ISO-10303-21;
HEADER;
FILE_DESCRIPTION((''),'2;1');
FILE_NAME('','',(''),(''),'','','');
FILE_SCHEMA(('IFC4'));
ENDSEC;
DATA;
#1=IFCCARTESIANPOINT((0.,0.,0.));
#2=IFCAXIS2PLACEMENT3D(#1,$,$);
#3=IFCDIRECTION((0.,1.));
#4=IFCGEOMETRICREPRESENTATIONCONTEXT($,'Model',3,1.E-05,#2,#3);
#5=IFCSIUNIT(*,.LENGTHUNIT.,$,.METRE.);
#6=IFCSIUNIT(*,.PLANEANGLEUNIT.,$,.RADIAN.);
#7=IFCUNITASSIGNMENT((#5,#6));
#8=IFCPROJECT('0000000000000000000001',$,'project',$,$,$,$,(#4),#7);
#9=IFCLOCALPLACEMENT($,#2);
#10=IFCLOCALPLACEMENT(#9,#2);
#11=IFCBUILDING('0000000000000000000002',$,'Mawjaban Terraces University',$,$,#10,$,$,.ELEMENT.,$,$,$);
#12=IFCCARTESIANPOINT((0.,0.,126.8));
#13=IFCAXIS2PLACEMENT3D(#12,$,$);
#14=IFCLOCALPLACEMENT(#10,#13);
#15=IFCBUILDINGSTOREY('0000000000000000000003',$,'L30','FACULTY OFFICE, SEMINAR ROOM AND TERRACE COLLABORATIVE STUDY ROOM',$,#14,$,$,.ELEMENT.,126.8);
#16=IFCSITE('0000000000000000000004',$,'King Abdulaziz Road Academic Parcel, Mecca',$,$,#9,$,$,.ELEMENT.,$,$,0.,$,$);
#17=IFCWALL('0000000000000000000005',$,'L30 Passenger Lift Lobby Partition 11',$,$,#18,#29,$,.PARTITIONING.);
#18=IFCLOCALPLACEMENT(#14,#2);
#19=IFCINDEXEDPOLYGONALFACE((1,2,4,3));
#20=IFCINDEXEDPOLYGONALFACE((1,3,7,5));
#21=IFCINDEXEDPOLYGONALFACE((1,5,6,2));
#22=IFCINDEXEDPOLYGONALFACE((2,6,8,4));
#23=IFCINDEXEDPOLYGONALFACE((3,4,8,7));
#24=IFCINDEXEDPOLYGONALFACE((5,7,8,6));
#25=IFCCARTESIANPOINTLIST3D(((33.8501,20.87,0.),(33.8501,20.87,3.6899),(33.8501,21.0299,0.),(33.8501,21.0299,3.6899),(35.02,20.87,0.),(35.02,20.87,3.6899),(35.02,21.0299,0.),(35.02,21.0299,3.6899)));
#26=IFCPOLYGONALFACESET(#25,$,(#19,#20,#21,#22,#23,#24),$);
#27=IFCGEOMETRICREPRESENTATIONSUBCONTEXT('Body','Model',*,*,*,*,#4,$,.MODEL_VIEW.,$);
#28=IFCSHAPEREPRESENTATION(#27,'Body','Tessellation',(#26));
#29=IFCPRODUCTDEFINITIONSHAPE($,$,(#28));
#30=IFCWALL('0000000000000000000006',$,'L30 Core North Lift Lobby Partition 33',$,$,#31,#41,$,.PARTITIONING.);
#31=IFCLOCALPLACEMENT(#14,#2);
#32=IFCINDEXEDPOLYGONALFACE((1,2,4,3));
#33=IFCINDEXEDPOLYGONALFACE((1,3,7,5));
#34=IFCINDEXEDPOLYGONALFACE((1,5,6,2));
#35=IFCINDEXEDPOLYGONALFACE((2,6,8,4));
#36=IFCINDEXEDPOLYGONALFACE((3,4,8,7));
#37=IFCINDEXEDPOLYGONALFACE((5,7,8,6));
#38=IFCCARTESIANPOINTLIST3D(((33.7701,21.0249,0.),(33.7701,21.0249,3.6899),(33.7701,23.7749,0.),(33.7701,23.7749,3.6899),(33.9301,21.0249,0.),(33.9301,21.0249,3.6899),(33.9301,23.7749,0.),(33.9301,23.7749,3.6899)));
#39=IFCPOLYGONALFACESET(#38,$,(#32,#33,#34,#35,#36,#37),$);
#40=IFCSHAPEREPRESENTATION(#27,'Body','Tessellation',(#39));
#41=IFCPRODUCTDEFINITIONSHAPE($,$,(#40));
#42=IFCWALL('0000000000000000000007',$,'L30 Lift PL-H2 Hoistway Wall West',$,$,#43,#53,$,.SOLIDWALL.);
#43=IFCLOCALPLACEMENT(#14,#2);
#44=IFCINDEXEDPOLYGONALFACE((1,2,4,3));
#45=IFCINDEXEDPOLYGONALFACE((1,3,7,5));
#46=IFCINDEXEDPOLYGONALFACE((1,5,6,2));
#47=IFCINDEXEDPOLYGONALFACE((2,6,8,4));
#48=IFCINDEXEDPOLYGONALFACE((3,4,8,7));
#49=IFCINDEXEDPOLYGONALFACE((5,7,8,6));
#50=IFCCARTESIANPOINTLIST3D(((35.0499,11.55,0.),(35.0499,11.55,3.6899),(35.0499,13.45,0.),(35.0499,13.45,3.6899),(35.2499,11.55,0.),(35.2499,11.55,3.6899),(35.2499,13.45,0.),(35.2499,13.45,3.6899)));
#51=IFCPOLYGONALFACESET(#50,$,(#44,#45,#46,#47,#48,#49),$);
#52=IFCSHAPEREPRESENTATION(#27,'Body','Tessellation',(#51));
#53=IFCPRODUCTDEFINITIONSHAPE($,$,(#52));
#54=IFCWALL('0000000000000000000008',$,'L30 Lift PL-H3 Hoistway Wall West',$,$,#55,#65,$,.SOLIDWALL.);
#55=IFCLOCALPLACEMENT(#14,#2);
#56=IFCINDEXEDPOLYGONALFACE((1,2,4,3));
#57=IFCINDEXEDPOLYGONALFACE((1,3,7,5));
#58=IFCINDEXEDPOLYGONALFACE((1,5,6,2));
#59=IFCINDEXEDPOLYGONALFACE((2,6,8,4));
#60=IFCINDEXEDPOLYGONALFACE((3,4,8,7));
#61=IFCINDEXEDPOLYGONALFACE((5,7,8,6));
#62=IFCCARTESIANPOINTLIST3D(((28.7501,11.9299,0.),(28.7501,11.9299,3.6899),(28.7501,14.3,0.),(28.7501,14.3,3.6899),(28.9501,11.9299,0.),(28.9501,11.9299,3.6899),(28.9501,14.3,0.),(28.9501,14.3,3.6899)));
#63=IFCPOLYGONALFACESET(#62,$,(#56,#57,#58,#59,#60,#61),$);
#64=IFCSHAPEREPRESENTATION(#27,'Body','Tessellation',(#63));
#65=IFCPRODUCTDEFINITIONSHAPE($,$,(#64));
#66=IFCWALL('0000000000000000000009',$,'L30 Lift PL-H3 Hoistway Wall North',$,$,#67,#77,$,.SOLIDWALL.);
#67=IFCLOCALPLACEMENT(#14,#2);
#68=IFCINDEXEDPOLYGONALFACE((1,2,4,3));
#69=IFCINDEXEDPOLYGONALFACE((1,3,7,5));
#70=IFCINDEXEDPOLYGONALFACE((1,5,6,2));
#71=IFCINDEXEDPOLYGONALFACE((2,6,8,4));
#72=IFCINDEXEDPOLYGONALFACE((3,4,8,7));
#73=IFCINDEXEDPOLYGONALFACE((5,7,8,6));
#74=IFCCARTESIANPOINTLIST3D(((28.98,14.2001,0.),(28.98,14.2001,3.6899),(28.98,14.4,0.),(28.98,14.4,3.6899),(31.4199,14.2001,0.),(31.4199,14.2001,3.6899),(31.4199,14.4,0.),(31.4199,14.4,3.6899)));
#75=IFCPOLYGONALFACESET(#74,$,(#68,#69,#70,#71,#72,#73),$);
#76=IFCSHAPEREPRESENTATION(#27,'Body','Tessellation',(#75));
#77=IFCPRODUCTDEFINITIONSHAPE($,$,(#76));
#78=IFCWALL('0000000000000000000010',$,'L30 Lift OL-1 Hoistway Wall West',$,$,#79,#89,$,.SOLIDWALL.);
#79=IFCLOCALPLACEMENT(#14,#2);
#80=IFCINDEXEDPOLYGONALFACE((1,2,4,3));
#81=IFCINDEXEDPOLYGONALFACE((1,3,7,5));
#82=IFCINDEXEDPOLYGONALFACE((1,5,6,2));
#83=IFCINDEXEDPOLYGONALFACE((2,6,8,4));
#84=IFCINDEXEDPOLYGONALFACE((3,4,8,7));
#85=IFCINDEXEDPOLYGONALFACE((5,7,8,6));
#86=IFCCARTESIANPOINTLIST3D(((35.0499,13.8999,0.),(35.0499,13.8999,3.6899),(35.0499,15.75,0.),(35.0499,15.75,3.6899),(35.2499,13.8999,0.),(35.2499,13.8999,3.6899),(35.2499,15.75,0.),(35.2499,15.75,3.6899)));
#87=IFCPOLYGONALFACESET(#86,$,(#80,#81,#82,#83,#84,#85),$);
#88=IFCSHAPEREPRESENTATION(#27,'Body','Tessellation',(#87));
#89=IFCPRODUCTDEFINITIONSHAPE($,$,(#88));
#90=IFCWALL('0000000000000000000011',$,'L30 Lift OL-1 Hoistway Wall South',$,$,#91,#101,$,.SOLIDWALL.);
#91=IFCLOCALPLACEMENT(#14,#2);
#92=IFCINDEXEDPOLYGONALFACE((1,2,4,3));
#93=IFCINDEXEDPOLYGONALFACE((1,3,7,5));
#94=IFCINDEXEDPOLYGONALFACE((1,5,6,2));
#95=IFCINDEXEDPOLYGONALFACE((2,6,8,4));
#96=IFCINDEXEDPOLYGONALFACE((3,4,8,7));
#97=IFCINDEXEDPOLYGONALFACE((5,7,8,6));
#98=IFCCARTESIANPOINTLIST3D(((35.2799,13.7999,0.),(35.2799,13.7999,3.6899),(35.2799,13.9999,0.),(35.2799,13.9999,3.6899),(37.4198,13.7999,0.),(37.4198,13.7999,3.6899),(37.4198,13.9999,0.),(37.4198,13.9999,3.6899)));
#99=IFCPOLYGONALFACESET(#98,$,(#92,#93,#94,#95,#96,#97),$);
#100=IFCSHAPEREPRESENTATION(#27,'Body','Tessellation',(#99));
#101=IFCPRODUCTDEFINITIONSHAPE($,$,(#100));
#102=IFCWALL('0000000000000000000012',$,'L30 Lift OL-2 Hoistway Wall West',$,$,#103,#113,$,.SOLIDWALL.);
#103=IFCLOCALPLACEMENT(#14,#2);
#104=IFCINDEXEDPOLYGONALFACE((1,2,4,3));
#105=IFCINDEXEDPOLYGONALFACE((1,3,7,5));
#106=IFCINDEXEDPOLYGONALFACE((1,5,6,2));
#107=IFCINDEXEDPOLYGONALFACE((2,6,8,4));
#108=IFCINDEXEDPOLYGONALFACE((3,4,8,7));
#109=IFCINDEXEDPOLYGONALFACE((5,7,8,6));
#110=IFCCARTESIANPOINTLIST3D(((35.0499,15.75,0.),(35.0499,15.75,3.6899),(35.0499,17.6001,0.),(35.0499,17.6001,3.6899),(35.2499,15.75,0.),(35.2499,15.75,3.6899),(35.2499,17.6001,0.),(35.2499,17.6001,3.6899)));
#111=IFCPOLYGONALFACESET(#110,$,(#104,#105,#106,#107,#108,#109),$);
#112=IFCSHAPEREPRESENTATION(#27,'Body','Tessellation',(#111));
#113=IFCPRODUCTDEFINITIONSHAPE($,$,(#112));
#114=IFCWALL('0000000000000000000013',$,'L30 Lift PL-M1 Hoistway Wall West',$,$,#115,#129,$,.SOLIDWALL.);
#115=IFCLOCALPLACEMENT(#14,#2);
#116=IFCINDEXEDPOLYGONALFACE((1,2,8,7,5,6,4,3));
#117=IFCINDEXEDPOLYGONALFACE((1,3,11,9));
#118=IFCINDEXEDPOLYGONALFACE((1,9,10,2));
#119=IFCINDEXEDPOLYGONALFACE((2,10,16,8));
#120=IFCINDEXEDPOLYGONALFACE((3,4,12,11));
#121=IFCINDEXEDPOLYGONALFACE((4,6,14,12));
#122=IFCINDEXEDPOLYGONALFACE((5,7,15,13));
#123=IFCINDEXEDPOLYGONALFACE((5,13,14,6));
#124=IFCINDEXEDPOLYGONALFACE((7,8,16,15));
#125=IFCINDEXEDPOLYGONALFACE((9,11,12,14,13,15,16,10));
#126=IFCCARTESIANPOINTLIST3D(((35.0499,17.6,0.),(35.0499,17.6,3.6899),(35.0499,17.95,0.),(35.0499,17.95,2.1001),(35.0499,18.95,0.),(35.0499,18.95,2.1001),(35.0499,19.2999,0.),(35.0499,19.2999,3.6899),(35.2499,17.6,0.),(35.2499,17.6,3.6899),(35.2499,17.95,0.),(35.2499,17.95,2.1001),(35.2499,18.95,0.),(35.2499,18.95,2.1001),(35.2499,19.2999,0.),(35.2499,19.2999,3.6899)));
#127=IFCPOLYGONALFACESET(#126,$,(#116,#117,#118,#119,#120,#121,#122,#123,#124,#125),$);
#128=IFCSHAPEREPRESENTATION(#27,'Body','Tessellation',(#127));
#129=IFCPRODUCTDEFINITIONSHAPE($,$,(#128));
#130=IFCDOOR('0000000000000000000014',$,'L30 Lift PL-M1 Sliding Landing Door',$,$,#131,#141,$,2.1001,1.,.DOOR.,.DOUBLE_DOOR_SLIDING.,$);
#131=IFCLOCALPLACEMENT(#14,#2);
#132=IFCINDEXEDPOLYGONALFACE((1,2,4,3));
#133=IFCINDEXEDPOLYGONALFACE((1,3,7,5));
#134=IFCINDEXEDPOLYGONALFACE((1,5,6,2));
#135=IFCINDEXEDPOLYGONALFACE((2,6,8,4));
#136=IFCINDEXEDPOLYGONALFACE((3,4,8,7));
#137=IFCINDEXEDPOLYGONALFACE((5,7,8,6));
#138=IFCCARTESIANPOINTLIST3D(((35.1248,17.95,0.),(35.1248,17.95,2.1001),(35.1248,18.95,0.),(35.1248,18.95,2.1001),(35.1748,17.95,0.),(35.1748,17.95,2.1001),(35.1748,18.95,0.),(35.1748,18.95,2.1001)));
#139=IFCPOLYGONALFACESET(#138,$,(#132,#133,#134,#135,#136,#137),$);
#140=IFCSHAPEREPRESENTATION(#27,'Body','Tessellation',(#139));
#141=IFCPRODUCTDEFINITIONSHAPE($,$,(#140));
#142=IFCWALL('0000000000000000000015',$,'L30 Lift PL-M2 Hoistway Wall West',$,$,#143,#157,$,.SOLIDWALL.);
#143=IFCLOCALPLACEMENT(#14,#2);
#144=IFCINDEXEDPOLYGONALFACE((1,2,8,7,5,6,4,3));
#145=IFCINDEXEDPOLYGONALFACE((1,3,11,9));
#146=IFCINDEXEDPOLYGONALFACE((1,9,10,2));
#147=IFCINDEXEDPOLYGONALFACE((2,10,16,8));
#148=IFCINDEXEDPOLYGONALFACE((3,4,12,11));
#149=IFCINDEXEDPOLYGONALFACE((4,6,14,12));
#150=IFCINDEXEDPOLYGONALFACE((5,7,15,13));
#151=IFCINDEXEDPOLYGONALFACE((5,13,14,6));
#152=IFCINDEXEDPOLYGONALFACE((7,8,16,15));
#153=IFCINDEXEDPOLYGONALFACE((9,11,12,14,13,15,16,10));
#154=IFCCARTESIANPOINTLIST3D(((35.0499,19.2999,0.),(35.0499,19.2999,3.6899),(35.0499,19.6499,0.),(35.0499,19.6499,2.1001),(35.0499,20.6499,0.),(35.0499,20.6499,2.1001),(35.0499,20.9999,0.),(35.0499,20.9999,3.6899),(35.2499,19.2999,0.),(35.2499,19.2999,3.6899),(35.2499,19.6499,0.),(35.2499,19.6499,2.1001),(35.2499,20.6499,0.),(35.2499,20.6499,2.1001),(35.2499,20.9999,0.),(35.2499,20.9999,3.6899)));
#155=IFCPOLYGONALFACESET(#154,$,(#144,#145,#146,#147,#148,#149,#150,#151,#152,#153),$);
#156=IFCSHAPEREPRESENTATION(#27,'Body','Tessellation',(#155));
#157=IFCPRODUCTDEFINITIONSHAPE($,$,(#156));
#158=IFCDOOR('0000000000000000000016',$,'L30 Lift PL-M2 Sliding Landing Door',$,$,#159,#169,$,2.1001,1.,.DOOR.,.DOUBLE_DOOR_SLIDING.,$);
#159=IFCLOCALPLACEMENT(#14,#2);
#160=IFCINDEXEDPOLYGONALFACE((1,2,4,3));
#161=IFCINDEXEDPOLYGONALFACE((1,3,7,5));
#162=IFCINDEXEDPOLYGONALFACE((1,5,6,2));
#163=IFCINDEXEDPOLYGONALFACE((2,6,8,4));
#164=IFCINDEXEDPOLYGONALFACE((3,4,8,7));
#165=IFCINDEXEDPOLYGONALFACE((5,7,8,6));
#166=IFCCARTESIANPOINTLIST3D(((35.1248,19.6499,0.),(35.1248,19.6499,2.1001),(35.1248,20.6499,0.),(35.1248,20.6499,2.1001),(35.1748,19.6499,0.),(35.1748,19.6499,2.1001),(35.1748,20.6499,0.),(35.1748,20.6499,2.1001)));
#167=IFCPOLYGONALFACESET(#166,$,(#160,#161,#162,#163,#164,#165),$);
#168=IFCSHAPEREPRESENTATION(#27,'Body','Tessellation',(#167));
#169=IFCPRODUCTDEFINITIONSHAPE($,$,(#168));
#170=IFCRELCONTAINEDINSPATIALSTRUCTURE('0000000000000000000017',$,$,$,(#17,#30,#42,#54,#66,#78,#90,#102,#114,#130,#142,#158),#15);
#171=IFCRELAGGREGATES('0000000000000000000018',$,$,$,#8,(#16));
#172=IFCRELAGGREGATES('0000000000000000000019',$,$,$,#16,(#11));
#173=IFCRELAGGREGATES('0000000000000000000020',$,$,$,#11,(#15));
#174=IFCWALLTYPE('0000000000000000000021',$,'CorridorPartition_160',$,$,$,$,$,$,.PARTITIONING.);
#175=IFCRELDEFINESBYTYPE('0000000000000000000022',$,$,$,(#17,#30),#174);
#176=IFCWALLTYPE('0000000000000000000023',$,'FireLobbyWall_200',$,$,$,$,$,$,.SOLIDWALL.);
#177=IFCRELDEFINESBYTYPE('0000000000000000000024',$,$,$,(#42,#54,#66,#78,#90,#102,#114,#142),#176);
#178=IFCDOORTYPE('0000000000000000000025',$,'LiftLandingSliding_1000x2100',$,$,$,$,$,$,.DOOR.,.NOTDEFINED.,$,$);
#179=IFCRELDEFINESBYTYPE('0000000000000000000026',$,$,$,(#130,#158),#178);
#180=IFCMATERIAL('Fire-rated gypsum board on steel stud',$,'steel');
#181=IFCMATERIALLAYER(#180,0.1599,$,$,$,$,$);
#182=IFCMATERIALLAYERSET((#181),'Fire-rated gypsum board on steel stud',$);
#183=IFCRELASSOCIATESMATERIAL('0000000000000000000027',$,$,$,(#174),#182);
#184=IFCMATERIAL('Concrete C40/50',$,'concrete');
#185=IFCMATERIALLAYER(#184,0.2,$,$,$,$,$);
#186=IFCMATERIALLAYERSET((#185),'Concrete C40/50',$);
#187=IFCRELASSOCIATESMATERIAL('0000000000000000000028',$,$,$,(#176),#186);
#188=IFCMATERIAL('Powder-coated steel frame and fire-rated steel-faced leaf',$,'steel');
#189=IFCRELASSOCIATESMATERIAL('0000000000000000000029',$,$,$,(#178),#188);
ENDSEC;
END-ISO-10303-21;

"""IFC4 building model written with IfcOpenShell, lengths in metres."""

from ifc_helpers import new_model, si_unit, direction, frame, frame_2d, origin, place, context, subcontext, project, spatial, rectangle, extrude, material, layer, layer_set, type_object, element, fill, save


model = new_model("IFC4")

# Units and contexts
model_context = context("Model", 3, precision=1e-05, world=origin(), true_north=direction((0.0, 1.0)))
body_context = subcontext(model_context, "Body", "Model", "MODEL_VIEW")
ifc_project = project(units=[si_unit("LENGTHUNIT", "METRE"), si_unit("PLANEANGLEUNIT", "RADIAN")], contexts=[model_context])

# Site, building, storey
site_placement = place(None, origin())
site = spatial("IfcSite", under=ifc_project, at=site_placement, Name="King Abdulaziz Road Academic Parcel, Mecca", CompositionType="ELEMENT", RefElevation=0.0)
building_placement = place(site_placement, origin())
building = spatial("IfcBuilding", under=site, at=building_placement, Name="Mawjaban Terraces University", CompositionType="ELEMENT")
storey_placement = place(building_placement, frame((0.0, 0.0, 126.8)))
storey = spatial("IfcBuildingStorey", under=building, at=storey_placement, Name="L30", Description="FACULTY OFFICE, SEMINAR ROOM AND TERRACE COLLABORATIVE STUDY ROOM", CompositionType="ELEMENT", Elevation=126.8)

# Walls
ifc_material_1 = material(Name="Fire-rated gypsum board on steel stud", Category="steel")
ifc_layer_1 = layer(ifc_material_1, 0.1599)
ifc_layer_set_1 = layer_set([ifc_layer_1], Name="Fire-rated gypsum board on steel stud")
wall_type_1 = type_object("IfcWallType", Name="CorridorPartition_160", PredefinedType="PARTITIONING", material=ifc_layer_set_1)
wall_1_placement = place(storey_placement, frame((35.02, 20.95, 0.0), z_axis=(0.0, 0.0, 1.0), x_axis=(-1.0, 0.0, 0.0)))
element("IfcWall", 1, at=wall_1_placement, inside=storey, type_object=wall_type_1, Name="L30 Passenger Lift Lobby Partition 11", PredefinedType="PARTITIONING", context=body_context, shape_type="SweptSolid", body=[
    extrude(rectangle(XDim=1.1699, YDim=0.1599, at=frame_2d((0.585, 0.0))), origin(), (0.0, 0.0, 1.0), 3.6899),
])
wall_2_placement = place(storey_placement, frame((33.8501, 21.0249, 0.0), z_axis=(0.0, 0.0, 1.0), x_axis=(0.0, 1.0, 0.0)))
element("IfcWall", 2, at=wall_2_placement, inside=storey, type_object=wall_type_1, Name="L30 Core North Lift Lobby Partition 33", PredefinedType="PARTITIONING", context=body_context, shape_type="SweptSolid", body=[
    extrude(rectangle(XDim=2.75, YDim=0.1599, at=frame_2d((1.375, 0.0))), origin(), (0.0, 0.0, 1.0), 3.6899),
])
ifc_material_2 = material(Name="Concrete C40/50", Category="concrete")
ifc_layer_2 = layer(ifc_material_2, 0.2)
ifc_layer_set_2 = layer_set([ifc_layer_2], Name="Concrete C40/50")
wall_type_2 = type_object("IfcWallType", Name="FireLobbyWall_200", PredefinedType="SOLIDWALL", material=ifc_layer_set_2)
wall_3_placement = place(storey_placement, frame((35.1499, 13.45, 0.0), z_axis=(0.0, 0.0, 1.0), x_axis=(0.0, -1.0, 0.0)))
element("IfcWall", 3, at=wall_3_placement, inside=storey, type_object=wall_type_2, Name="L30 Lift PL-H2 Hoistway Wall West", PredefinedType="SOLIDWALL", context=body_context, shape_type="SweptSolid", body=[
    extrude(rectangle(XDim=1.8999, YDim=0.2, at=frame_2d((0.95, 0.0))), origin(), (0.0, 0.0, 1.0), 3.6899),
])
wall_4_placement = place(storey_placement, frame((28.8501, 14.3, 0.0), z_axis=(0.0, 0.0, 1.0), x_axis=(0.0, -1.0, 0.0)))
element("IfcWall", 4, at=wall_4_placement, inside=storey, type_object=wall_type_2, Name="L30 Lift PL-H3 Hoistway Wall West", PredefinedType="SOLIDWALL", context=body_context, shape_type="SweptSolid", body=[
    extrude(rectangle(XDim=2.3701, YDim=0.2, at=frame_2d((1.1851, 0.0))), origin(), (0.0, 0.0, 1.0), 3.6899),
])
wall_5_placement = place(storey_placement, frame((31.4199, 14.3, 0.0), z_axis=(0.0, 0.0, 1.0), x_axis=(-1.0, 0.0, 0.0)))
element("IfcWall", 5, at=wall_5_placement, inside=storey, type_object=wall_type_2, Name="L30 Lift PL-H3 Hoistway Wall North", PredefinedType="SOLIDWALL", context=body_context, shape_type="SweptSolid", body=[
    extrude(rectangle(XDim=2.4399, YDim=0.2, at=frame_2d((1.22, 0.0))), origin(), (0.0, 0.0, 1.0), 3.6899),
])
wall_6_placement = place(storey_placement, frame((35.1499, 15.75, 0.0), z_axis=(0.0, 0.0, 1.0), x_axis=(0.0, -1.0, 0.0)))
element("IfcWall", 6, at=wall_6_placement, inside=storey, type_object=wall_type_2, Name="L30 Lift OL-1 Hoistway Wall West", PredefinedType="SOLIDWALL", context=body_context, shape_type="SweptSolid", body=[
    extrude(rectangle(XDim=1.8501, YDim=0.2, at=frame_2d((0.925, 0.0))), origin(), (0.0, 0.0, 1.0), 3.6899),
])
wall_7_placement = place(storey_placement, frame((35.28, 13.8999, 0.0), z_axis=(0.0, 0.0, 1.0), x_axis=(1.0, 0.0, 0.0)))
element("IfcWall", 7, at=wall_7_placement, inside=storey, type_object=wall_type_2, Name="L30 Lift OL-1 Hoistway Wall South", PredefinedType="SOLIDWALL", context=body_context, shape_type="SweptSolid", body=[
    extrude(rectangle(XDim=2.1399, YDim=0.2, at=frame_2d((1.0698, 0.0))), origin(), (0.0, 0.0, 1.0), 3.6899),
])
wall_8_placement = place(storey_placement, frame((35.1499, 17.6001, 0.0), z_axis=(0.0, 0.0, 1.0), x_axis=(0.0, -1.0, 0.0)))
element("IfcWall", 8, at=wall_8_placement, inside=storey, type_object=wall_type_2, Name="L30 Lift OL-2 Hoistway Wall West", PredefinedType="SOLIDWALL", context=body_context, shape_type="SweptSolid", body=[
    extrude(rectangle(XDim=1.8501, YDim=0.2, at=frame_2d((0.925, 0.0))), origin(), (0.0, 0.0, 1.0), 3.6899),
])

# Walls, openings, doors
wall_9_placement = place(storey_placement, frame((35.1499, 19.3, 0.0), z_axis=(0.0, 0.0, 1.0), x_axis=(0.0, -1.0, 0.0)))
wall_9 = element("IfcWall", 9, at=wall_9_placement, inside=storey, type_object=wall_type_2, Name="L30 Lift PL-M1 Hoistway Wall West", PredefinedType="SOLIDWALL", context=body_context, shape_type="SweptSolid", body=[
    extrude(rectangle(XDim=1.7, YDim=0.2, at=frame_2d((0.8501, 0.0))), origin(), (0.0, 0.0, 1.0), 3.6899),
])
opening_1_placement = place(wall_9_placement, frame((0.3501, 0.0, 0.0)))
opening_1 = element("IfcOpeningElement", 10, at=opening_1_placement, cuts=wall_9, PredefinedType="OPENING", context=body_context, shape_type="SweptSolid", body=[
    extrude(rectangle(XDim=1.0, YDim=2.1001, at=frame_2d((0.5, 1.05))), frame((0.0, 0.1099, 0.0), z_axis=(0.0, -1.0, 0.0), x_axis=(1.0, 0.0, 0.0)), (0.0, 0.0, 1.0), 0.22),
])
ifc_material_3 = material(Name="Powder-coated steel frame and fire-rated steel-faced leaf", Category="steel")
door_type_1 = type_object("IfcDoorType", Name="LiftLandingSliding_1000x2100", OperationType="NOTDEFINED", PredefinedType="DOOR", material=ifc_material_3)
door_1_placement = place(opening_1_placement, origin())
door_1 = element("IfcDoor", 11, at=door_1_placement, inside=storey, type_object=door_type_1, Name="L30 Lift PL-M1 Sliding Landing Door", OperationType="DOUBLE_DOOR_SLIDING", OverallHeight=2.1001, OverallWidth=1.0, PredefinedType="DOOR", context=body_context, shape_type="SweptSolid", body=[
    extrude(rectangle(XDim=1.0, YDim=2.1001, at=frame_2d((0.5, 1.05))), frame((0.0, 0.0249, 0.0), z_axis=(0.0, -1.0, 0.0), x_axis=(1.0, 0.0, 0.0)), (0.0, 0.0, 1.0), 0.05),
])
fill(opening_1, door_1)
wall_10_placement = place(storey_placement, frame((35.1499, 21.0, 0.0), z_axis=(0.0, 0.0, 1.0), x_axis=(0.0, -1.0, 0.0)))
wall_10 = element("IfcWall", 12, at=wall_10_placement, inside=storey, type_object=wall_type_2, Name="L30 Lift PL-M2 Hoistway Wall West", PredefinedType="SOLIDWALL", context=body_context, shape_type="SweptSolid", body=[
    extrude(rectangle(XDim=1.7, YDim=0.2, at=frame_2d((0.8501, 0.0))), origin(), (0.0, 0.0, 1.0), 3.6899),
])
opening_2_placement = place(wall_10_placement, frame((0.3501, 0.0, 0.0)))
opening_2 = element("IfcOpeningElement", 13, at=opening_2_placement, cuts=wall_10, PredefinedType="OPENING", context=body_context, shape_type="SweptSolid", body=[
    extrude(rectangle(XDim=1.0, YDim=2.1001, at=frame_2d((0.5, 1.05))), frame((0.0, 0.1099, 0.0), z_axis=(0.0, -1.0, 0.0), x_axis=(1.0, 0.0, 0.0)), (0.0, 0.0, 1.0), 0.22),
])
door_2_placement = place(opening_2_placement, origin())
door_2 = element("IfcDoor", 14, at=door_2_placement, inside=storey, type_object=door_type_1, Name="L30 Lift PL-M2 Sliding Landing Door", OperationType="DOUBLE_DOOR_SLIDING", OverallHeight=2.1001, OverallWidth=1.0, PredefinedType="DOOR", context=body_context, shape_type="SweptSolid", body=[
    extrude(rectangle(XDim=1.0, YDim=2.1001, at=frame_2d((0.5, 1.05))), frame((0.0, 0.0249, 0.0), z_axis=(0.0, -1.0, 0.0), x_axis=(1.0, 0.0, 0.0)), (0.0, 0.0, 1.0), 0.05),
])
fill(opening_2, door_2)

save(model, "model.ifc")
